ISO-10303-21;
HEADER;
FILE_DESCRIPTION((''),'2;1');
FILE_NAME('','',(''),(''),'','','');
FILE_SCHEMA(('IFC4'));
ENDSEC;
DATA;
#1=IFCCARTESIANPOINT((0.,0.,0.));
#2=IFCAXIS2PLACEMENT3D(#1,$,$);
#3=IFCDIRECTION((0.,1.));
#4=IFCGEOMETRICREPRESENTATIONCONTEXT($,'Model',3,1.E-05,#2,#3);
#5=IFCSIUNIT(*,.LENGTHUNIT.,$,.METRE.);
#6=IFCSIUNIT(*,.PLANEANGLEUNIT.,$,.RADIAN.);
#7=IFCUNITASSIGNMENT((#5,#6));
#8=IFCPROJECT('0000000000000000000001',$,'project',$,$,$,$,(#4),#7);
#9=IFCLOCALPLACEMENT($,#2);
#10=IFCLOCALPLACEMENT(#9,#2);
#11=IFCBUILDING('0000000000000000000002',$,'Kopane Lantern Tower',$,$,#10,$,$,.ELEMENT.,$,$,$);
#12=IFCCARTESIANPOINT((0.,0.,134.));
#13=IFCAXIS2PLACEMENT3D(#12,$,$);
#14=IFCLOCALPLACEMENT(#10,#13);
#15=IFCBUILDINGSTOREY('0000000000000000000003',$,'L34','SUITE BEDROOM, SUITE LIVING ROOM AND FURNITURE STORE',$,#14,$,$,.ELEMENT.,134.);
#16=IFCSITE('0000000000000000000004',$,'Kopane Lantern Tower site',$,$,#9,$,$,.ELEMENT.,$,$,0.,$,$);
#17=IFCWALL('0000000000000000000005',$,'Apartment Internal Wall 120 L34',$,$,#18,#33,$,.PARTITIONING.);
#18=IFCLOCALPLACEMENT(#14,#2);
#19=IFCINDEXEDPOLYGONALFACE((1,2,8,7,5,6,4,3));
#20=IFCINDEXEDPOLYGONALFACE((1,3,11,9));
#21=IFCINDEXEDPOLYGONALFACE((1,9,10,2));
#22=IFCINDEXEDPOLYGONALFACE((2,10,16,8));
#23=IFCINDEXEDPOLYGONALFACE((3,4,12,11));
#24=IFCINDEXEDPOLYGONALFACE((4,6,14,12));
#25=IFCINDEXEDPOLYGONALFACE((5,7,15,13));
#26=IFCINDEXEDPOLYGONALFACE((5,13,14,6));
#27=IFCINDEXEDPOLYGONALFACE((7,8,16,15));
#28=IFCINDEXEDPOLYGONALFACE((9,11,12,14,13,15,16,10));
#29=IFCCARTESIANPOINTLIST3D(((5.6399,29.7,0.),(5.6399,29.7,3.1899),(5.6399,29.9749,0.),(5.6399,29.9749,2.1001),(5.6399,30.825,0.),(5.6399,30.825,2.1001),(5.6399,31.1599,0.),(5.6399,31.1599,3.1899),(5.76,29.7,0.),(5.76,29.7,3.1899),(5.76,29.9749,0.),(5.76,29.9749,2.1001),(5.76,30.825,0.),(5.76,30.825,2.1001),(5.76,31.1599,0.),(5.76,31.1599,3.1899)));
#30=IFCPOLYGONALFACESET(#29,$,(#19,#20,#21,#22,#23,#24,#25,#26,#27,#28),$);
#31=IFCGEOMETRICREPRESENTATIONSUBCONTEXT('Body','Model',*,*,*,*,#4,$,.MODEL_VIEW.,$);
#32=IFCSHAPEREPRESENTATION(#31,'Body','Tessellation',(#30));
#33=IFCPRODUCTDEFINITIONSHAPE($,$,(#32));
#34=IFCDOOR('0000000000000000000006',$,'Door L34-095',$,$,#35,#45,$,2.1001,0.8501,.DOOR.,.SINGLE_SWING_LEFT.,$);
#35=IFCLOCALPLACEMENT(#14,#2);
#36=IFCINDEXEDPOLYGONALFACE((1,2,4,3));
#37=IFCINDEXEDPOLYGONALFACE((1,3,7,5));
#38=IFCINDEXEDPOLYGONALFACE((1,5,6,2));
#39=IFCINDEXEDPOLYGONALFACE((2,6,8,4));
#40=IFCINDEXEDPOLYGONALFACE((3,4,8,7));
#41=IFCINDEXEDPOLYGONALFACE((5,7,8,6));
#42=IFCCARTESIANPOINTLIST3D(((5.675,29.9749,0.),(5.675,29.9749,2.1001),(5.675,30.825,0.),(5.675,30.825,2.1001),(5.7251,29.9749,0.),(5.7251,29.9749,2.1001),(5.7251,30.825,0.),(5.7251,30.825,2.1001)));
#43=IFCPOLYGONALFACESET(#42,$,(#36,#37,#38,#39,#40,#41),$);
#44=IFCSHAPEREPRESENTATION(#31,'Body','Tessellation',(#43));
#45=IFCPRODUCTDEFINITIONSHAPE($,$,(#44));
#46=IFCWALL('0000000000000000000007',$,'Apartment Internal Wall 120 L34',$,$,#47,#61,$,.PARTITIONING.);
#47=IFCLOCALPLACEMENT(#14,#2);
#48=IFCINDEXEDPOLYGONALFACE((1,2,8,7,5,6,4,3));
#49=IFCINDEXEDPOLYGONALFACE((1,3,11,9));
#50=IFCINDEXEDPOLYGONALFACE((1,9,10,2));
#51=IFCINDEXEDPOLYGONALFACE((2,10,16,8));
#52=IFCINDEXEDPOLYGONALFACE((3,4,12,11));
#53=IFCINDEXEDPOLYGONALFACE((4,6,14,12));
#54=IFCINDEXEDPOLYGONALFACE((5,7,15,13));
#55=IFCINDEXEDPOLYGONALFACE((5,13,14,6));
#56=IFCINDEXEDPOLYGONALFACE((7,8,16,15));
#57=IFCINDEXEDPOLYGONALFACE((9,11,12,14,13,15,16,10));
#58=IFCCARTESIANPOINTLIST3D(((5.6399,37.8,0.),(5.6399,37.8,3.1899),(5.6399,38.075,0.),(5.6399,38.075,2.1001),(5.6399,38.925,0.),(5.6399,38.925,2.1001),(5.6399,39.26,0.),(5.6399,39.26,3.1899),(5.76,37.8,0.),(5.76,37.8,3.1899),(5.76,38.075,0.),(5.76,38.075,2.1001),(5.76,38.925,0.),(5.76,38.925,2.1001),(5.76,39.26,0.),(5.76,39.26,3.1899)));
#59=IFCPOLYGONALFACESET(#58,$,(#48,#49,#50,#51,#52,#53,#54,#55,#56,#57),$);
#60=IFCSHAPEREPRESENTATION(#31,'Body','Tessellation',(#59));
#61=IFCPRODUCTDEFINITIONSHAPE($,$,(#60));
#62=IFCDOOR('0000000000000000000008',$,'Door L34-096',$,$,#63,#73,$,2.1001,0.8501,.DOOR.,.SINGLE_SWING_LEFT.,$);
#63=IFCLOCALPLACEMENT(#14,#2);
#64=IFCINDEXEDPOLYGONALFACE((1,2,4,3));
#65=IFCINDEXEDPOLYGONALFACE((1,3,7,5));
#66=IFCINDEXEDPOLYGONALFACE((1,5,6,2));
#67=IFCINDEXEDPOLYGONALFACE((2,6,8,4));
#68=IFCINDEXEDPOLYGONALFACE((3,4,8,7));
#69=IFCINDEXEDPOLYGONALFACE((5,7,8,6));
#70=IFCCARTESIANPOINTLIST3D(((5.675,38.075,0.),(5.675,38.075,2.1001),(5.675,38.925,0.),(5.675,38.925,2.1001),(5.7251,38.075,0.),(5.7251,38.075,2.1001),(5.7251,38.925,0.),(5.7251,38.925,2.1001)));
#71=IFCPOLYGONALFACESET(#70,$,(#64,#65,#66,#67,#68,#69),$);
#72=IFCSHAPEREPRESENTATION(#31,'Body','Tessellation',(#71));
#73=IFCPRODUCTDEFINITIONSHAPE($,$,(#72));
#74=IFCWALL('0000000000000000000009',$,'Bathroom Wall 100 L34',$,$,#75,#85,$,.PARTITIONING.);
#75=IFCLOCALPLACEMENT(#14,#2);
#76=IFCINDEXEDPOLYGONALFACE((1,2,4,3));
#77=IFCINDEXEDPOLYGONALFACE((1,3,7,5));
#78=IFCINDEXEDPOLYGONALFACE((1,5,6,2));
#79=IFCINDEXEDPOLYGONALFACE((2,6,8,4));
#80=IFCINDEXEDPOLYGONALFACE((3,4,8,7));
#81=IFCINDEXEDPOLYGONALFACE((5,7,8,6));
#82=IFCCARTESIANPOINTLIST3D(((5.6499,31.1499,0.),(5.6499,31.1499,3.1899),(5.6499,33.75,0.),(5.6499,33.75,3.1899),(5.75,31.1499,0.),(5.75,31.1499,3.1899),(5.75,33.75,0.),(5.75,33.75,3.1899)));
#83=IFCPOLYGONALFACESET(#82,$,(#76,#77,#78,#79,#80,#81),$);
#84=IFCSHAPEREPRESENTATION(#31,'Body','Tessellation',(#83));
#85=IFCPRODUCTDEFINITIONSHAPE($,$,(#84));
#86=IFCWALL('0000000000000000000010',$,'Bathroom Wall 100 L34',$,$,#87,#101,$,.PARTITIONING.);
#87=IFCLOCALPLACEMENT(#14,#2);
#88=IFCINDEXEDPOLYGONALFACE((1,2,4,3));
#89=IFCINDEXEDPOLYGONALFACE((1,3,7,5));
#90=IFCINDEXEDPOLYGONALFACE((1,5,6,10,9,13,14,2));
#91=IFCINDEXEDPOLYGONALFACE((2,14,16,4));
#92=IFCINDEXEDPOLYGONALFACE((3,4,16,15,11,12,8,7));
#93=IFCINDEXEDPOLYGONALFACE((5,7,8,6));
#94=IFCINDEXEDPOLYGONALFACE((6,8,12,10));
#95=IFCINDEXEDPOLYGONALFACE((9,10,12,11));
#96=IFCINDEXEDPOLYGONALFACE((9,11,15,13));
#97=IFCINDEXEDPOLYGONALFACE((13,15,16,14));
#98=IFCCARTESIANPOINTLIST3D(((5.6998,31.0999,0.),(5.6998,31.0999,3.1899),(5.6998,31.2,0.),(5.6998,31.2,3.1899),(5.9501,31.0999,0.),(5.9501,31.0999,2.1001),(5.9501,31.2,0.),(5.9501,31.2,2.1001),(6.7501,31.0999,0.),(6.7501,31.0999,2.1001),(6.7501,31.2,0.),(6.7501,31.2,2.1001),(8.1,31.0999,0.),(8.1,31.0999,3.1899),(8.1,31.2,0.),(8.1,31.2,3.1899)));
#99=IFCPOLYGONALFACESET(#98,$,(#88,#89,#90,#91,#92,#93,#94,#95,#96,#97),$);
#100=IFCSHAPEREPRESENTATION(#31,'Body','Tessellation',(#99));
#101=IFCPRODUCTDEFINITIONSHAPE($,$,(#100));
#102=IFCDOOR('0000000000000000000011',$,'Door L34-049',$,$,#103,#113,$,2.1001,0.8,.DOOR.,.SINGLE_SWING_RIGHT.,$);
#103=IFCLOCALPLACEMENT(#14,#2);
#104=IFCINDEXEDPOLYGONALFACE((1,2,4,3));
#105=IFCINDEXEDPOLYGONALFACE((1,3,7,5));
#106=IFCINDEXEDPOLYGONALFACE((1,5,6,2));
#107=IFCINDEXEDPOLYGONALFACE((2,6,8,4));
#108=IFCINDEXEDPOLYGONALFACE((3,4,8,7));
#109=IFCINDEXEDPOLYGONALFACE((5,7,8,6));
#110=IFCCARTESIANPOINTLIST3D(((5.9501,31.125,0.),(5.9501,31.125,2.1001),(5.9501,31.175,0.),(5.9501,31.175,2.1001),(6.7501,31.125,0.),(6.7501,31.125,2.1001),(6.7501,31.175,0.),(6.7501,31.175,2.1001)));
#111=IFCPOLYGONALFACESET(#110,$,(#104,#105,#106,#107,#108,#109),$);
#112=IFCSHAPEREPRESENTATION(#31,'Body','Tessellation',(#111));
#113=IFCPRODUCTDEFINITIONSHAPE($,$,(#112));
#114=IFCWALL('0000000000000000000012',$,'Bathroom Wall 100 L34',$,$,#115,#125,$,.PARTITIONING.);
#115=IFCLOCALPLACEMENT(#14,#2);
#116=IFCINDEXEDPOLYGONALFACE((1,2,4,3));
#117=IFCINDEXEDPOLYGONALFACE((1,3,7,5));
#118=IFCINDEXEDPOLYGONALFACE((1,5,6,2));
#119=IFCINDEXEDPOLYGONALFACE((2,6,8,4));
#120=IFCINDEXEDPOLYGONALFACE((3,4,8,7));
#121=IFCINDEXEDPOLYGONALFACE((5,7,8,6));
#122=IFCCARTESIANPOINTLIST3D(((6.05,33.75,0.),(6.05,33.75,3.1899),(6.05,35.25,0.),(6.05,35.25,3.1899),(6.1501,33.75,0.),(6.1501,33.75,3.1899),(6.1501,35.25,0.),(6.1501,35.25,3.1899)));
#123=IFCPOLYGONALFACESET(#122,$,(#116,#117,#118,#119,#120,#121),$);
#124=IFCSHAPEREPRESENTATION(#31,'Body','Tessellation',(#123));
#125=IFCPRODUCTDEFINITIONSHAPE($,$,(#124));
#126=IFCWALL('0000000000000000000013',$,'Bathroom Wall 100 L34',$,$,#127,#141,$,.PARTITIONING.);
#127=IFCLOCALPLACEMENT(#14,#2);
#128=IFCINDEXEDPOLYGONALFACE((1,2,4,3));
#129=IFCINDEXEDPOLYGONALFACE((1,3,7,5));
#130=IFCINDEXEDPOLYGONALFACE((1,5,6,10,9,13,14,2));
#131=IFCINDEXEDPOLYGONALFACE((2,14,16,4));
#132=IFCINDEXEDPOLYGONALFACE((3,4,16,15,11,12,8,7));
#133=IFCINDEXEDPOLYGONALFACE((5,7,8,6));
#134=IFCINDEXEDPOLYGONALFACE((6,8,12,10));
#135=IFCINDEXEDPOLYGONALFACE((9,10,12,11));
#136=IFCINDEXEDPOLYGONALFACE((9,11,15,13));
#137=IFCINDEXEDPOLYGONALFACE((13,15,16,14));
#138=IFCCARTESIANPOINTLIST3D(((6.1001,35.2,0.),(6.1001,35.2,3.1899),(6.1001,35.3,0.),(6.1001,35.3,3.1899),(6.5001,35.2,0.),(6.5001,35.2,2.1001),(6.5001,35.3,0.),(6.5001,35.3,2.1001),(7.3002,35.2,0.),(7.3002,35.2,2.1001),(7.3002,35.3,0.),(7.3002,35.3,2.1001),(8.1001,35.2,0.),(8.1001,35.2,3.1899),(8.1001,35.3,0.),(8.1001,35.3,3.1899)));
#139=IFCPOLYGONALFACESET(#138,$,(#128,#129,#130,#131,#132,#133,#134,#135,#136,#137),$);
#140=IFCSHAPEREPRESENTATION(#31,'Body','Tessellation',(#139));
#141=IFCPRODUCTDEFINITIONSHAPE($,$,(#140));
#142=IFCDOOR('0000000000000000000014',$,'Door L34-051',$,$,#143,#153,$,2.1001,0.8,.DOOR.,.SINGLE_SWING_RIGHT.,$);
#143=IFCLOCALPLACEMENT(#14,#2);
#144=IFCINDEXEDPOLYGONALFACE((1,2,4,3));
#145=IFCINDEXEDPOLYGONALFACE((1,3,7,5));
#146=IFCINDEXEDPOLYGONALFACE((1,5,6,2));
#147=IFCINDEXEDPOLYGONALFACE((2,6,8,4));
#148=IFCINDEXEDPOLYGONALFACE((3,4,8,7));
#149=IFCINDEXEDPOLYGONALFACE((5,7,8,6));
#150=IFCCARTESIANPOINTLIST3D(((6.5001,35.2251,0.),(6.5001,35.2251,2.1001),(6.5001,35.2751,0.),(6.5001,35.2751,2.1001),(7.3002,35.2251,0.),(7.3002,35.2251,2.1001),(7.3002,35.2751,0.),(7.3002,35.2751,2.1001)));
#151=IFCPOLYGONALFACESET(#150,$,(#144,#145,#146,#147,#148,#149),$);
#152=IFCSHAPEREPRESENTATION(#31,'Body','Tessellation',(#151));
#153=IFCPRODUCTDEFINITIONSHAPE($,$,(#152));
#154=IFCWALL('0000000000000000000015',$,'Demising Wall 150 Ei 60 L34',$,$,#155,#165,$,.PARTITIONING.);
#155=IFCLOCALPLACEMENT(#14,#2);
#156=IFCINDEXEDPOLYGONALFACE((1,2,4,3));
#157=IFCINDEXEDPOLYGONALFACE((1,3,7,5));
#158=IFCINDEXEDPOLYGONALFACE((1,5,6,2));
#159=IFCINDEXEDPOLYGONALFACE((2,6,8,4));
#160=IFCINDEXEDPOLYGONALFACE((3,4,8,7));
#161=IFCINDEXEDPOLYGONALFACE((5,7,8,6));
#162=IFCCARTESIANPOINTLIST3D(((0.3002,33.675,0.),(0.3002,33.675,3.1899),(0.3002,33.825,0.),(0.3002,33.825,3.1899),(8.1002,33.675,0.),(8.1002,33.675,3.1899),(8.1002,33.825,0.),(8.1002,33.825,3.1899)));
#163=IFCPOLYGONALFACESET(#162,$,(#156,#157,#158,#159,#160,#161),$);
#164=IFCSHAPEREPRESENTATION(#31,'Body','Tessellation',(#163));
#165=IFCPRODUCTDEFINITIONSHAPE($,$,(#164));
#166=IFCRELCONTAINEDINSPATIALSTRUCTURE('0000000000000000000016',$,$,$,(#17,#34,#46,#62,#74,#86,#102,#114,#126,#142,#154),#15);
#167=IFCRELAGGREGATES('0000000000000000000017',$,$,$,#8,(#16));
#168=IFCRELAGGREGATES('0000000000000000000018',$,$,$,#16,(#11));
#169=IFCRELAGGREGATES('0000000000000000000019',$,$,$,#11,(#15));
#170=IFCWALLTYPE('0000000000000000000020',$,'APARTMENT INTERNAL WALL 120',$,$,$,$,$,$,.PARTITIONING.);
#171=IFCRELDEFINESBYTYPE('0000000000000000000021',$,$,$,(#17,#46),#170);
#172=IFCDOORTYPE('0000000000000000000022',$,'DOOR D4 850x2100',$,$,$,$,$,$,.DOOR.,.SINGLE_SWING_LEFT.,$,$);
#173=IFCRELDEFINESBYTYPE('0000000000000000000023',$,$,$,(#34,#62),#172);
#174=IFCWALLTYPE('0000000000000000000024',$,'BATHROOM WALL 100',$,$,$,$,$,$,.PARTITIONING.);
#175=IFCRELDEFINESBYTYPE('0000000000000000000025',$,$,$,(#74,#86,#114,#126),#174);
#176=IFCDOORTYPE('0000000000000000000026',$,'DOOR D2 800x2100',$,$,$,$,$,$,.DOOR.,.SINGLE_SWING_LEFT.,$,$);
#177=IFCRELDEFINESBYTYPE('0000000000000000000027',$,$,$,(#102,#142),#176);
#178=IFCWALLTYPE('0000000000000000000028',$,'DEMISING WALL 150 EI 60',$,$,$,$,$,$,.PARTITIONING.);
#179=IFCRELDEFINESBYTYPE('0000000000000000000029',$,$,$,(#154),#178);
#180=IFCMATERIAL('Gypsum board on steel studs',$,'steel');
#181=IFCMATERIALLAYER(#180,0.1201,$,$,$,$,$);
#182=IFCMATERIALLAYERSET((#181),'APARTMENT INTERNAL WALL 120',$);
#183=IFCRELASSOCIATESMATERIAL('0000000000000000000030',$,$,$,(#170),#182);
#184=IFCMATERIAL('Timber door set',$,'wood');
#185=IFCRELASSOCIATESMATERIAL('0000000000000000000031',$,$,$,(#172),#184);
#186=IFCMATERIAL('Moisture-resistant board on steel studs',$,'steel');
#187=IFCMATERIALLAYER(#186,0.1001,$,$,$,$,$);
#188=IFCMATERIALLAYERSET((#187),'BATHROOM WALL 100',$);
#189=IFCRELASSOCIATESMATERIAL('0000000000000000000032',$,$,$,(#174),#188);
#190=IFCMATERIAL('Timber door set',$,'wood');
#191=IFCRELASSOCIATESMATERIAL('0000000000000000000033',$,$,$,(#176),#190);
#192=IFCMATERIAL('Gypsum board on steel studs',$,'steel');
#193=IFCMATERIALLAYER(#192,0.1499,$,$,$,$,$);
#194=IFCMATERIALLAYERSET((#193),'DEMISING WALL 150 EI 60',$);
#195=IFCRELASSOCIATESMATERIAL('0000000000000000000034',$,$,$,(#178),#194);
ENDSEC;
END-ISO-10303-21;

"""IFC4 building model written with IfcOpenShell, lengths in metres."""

from ifc_helpers import new_model, si_unit, direction, frame, frame_2d, origin, place, context, subcontext, project, spatial, rectangle, extrude, material, layer, layer_set, type_object, element, fill, save


model = new_model("IFC4")

# Units and contexts
model_context = context("Model", 3, precision=1e-05, world=origin(), true_north=direction((0.0, 1.0)))
body_context = subcontext(model_context, "Body", "Model", "MODEL_VIEW")
ifc_project = project(units=[si_unit("LENGTHUNIT", "METRE"), si_unit("PLANEANGLEUNIT", "RADIAN")], contexts=[model_context])

# Site, building, storey
site_placement = place(None, origin())
site = spatial("IfcSite", under=ifc_project, at=site_placement, Name="Kopane Lantern Tower site", CompositionType="ELEMENT", RefElevation=0.0)
building_placement = place(site_placement, origin())
building = spatial("IfcBuilding", under=site, at=building_placement, Name="Kopane Lantern Tower", CompositionType="ELEMENT")
storey_placement = place(building_placement, frame((0.0, 0.0, 134.0)))
storey = spatial("IfcBuildingStorey", under=building, at=storey_placement, Name="L34", Description="SUITE BEDROOM, SUITE LIVING ROOM AND FURNITURE STORE", CompositionType="ELEMENT", Elevation=134.0)

# Walls, openings, doors
ifc_material_1 = material(Name="Gypsum board on steel studs", Category="steel")
ifc_layer_1 = layer(ifc_material_1, 0.1201)
ifc_layer_set_1 = layer_set([ifc_layer_1], Name="APARTMENT INTERNAL WALL 120")
wall_type_1 = type_object("IfcWallType", Name="APARTMENT INTERNAL WALL 120", PredefinedType="PARTITIONING", material=ifc_layer_set_1)
ifc_material_2 = material(Name="Timber door set", Category="wood")
door_type_1 = type_object("IfcDoorType", Name="DOOR D4 850x2100", OperationType="SINGLE_SWING_LEFT", PredefinedType="DOOR", material=ifc_material_2)
wall_1_placement = place(storey_placement, frame((5.7, 29.7, 0.0), z_axis=(0.0, 0.0, 1.0), x_axis=(0.0, 1.0, 0.0)))
wall_1 = element("IfcWall", 1, at=wall_1_placement, inside=storey, type_object=wall_type_1, Name="Apartment Internal Wall 120 L34", PredefinedType="PARTITIONING", context=body_context, shape_type="SweptSolid", body=[
    extrude(rectangle(XDim=1.46, YDim=0.1201, at=frame_2d((0.73, 0.0))), origin(), (0.0, 0.0, 1.0), 3.1899),
])
opening_1_placement = place(wall_1_placement, frame((0.2749, 0.0, 0.0)))
opening_1 = element("IfcOpeningElement", 2, at=opening_1_placement, cuts=wall_1, PredefinedType="OPENING", context=body_context, shape_type="SweptSolid", body=[
    extrude(rectangle(XDim=0.8501, YDim=2.1001, at=frame_2d((0.425, 1.05))), frame((0.0, 0.0701, 0.0), z_axis=(0.0, -1.0, 0.0), x_axis=(1.0, 0.0, 0.0)), (0.0, 0.0, 1.0), 0.1401),
])
door_1_placement = place(opening_1_placement, origin())
door_1 = element("IfcDoor", 3, at=door_1_placement, inside=storey, type_object=door_type_1, Name="Door L34-095", OperationType="SINGLE_SWING_LEFT", OverallHeight=2.1001, OverallWidth=0.8501, PredefinedType="DOOR", context=body_context, shape_type="SweptSolid", body=[
    extrude(rectangle(XDim=0.8501, YDim=2.1001, at=frame_2d((0.425, 1.05))), frame((0.0, 0.0249, 0.0), z_axis=(0.0, -1.0, 0.0), x_axis=(1.0, 0.0, 0.0)), (0.0, 0.0, 1.0), 0.05),
])
fill(opening_1, door_1)
wall_2_placement = place(storey_placement, frame((5.7, 37.8, 0.0), z_axis=(0.0, 0.0, 1.0), x_axis=(0.0, 1.0, 0.0)))
wall_2 = element("IfcWall", 4, at=wall_2_placement, inside=storey, type_object=wall_type_1, Name="Apartment Internal Wall 120 L34", PredefinedType="PARTITIONING", context=body_context, shape_type="SweptSolid", body=[
    extrude(rectangle(XDim=1.46, YDim=0.1201, at=frame_2d((0.73, 0.0))), origin(), (0.0, 0.0, 1.0), 3.1899),
])
opening_2_placement = place(wall_2_placement, frame((0.2749, 0.0, 0.0)))
opening_2 = element("IfcOpeningElement", 5, at=opening_2_placement, cuts=wall_2, PredefinedType="OPENING", context=body_context, shape_type="SweptSolid", body=[
    extrude(rectangle(XDim=0.8501, YDim=2.1001, at=frame_2d((0.425, 1.05))), frame((0.0, 0.0701, 0.0), z_axis=(0.0, -1.0, 0.0), x_axis=(1.0, 0.0, 0.0)), (0.0, 0.0, 1.0), 0.1401),
])
door_2_placement = place(opening_2_placement, origin())
door_2 = element("IfcDoor", 6, at=door_2_placement, inside=storey, type_object=door_type_1, Name="Door L34-096", OperationType="SINGLE_SWING_LEFT", OverallHeight=2.1001, OverallWidth=0.8501, PredefinedType="DOOR", context=body_context, shape_type="SweptSolid", body=[
    extrude(rectangle(XDim=0.8501, YDim=2.1001, at=frame_2d((0.425, 1.05))), frame((0.0, 0.0249, 0.0), z_axis=(0.0, -1.0, 0.0), x_axis=(1.0, 0.0, 0.0)), (0.0, 0.0, 1.0), 0.05),
])
fill(opening_2, door_2)

# Wall
ifc_material_3 = material(Name="Moisture-resistant board on steel studs", Category="steel")
ifc_layer_2 = layer(ifc_material_3, 0.1001)
ifc_layer_set_2 = layer_set([ifc_layer_2], Name="BATHROOM WALL 100")
wall_type_2 = type_object("IfcWallType", Name="BATHROOM WALL 100", PredefinedType="PARTITIONING", material=ifc_layer_set_2)
wall_3_placement = place(storey_placement, frame((5.7, 31.1499, 0.0), z_axis=(0.0, 0.0, 1.0), x_axis=(0.0, 1.0, 0.0)))
element("IfcWall", 7, at=wall_3_placement, inside=storey, type_object=wall_type_2, Name="Bathroom Wall 100 L34", PredefinedType="PARTITIONING", context=body_context, shape_type="SweptSolid", body=[
    extrude(rectangle(XDim=2.6001, YDim=0.1001, at=frame_2d((1.3, 0.0))), origin(), (0.0, 0.0, 1.0), 3.1899),
])

# Wall, opening, door
wall_4_placement = place(storey_placement, frame((8.1001, 31.1499, 0.0), z_axis=(0.0, 0.0, 1.0), x_axis=(-1.0, 0.0, 0.0)))
wall_4 = element("IfcWall", 8, at=wall_4_placement, inside=storey, type_object=wall_type_2, Name="Bathroom Wall 100 L34", PredefinedType="PARTITIONING", context=body_context, shape_type="SweptSolid", body=[
    extrude(rectangle(XDim=2.4001, YDim=0.1001, at=frame_2d((1.2002, 0.0))), origin(), (0.0, 0.0, 1.0), 3.1899),
])
opening_3_placement = place(wall_4_placement, frame((1.3501, 0.0, 0.0)))
opening_3 = element("IfcOpeningElement", 9, at=opening_3_placement, cuts=wall_4, PredefinedType="OPENING", context=body_context, shape_type="SweptSolid", body=[
    extrude(rectangle(XDim=0.8, YDim=2.1001, at=frame_2d((0.3999, 1.05))), frame((0.0, 0.0601, 0.0), z_axis=(0.0, -1.0, 0.0), x_axis=(1.0, 0.0, 0.0)), (0.0, 0.0, 1.0), 0.1201),
])
ifc_material_4 = material(Name="Timber door set", Category="wood")
door_type_2 = type_object("IfcDoorType", Name="DOOR D2 800x2100", OperationType="SINGLE_SWING_LEFT", PredefinedType="DOOR", material=ifc_material_4)
door_3_placement = place(opening_3_placement, origin())
door_3 = element("IfcDoor", 10, at=door_3_placement, inside=storey, type_object=door_type_2, Name="Door L34-049", OperationType="SINGLE_SWING_RIGHT", OverallHeight=2.1001, OverallWidth=0.8, PredefinedType="DOOR", context=body_context, shape_type="SweptSolid", body=[
    extrude(rectangle(XDim=0.8, YDim=2.1001, at=frame_2d((0.3999, 1.05))), frame((0.0, 0.0249, 0.0), z_axis=(0.0, -1.0, 0.0), x_axis=(1.0, 0.0, 0.0)), (0.0, 0.0, 1.0), 0.05),
])
fill(opening_3, door_3)

# Wall
wall_5_placement = place(storey_placement, frame((6.1001, 33.75, 0.0), z_axis=(0.0, 0.0, 1.0), x_axis=(0.0, 1.0, 0.0)))
element("IfcWall", 11, at=wall_5_placement, inside=storey, type_object=wall_type_2, Name="Bathroom Wall 100 L34", PredefinedType="PARTITIONING", context=body_context, shape_type="SweptSolid", body=[
    extrude(rectangle(XDim=1.5, YDim=0.1001, at=frame_2d((0.75, 0.0))), origin(), (0.0, 0.0, 1.0), 3.1899),
])

# Wall, opening, door
wall_6_placement = place(storey_placement, frame((8.1001, 35.25, 0.0), z_axis=(0.0, 0.0, 1.0), x_axis=(-1.0, 0.0, 0.0)))
wall_6 = element("IfcWall", 12, at=wall_6_placement, inside=storey, type_object=wall_type_2, Name="Bathroom Wall 100 L34", PredefinedType="PARTITIONING", context=body_context, shape_type="SweptSolid", body=[
    extrude(rectangle(XDim=2.0, YDim=0.1001, at=frame_2d((1.0, 0.0))), origin(), (0.0, 0.0, 1.0), 3.1899),
])
opening_4_placement = place(wall_6_placement, frame((0.8, 0.0, 0.0)))
opening_4 = element("IfcOpeningElement", 13, at=opening_4_placement, cuts=wall_6, PredefinedType="OPENING", context=body_context, shape_type="SweptSolid", body=[
    extrude(rectangle(XDim=0.8, YDim=2.1001, at=frame_2d((0.3999, 1.05))), frame((0.0, 0.0601, 0.0), z_axis=(0.0, -1.0, 0.0), x_axis=(1.0, 0.0, 0.0)), (0.0, 0.0, 1.0), 0.1201),
])
door_4_placement = place(opening_4_placement, origin())
door_4 = element("IfcDoor", 14, at=door_4_placement, inside=storey, type_object=door_type_2, Name="Door L34-051", OperationType="SINGLE_SWING_RIGHT", OverallHeight=2.1001, OverallWidth=0.8, PredefinedType="DOOR", context=body_context, shape_type="SweptSolid", body=[
    extrude(rectangle(XDim=0.8, YDim=2.1001, at=frame_2d((0.3999, 1.05))), frame((0.0, 0.0249, 0.0), z_axis=(0.0, -1.0, 0.0), x_axis=(1.0, 0.0, 0.0)), (0.0, 0.0, 1.0), 0.05),
])
fill(opening_4, door_4)

# Wall
ifc_material_5 = material(Name="Gypsum board on steel studs", Category="steel")
ifc_layer_3 = layer(ifc_material_5, 0.1499)
ifc_layer_set_3 = layer_set([ifc_layer_3], Name="DEMISING WALL 150 EI 60")
wall_type_3 = type_object("IfcWallType", Name="DEMISING WALL 150 EI 60", PredefinedType="PARTITIONING", material=ifc_layer_set_3)
wall_7_placement = place(storey_placement, frame((8.1001, 33.75, 0.0), z_axis=(0.0, 0.0, 1.0), x_axis=(-1.0, 0.0, 0.0)))
element("IfcWall", 15, at=wall_7_placement, inside=storey, type_object=wall_type_3, Name="Demising Wall 150 Ei 60 L34", PredefinedType="PARTITIONING", context=body_context, shape_type="SweptSolid", body=[
    extrude(rectangle(XDim=7.8, YDim=0.1499, at=frame_2d((3.8999, 0.0))), origin(), (0.0, 0.0, 1.0), 3.1899),
])

save(model, "model.ifc")
